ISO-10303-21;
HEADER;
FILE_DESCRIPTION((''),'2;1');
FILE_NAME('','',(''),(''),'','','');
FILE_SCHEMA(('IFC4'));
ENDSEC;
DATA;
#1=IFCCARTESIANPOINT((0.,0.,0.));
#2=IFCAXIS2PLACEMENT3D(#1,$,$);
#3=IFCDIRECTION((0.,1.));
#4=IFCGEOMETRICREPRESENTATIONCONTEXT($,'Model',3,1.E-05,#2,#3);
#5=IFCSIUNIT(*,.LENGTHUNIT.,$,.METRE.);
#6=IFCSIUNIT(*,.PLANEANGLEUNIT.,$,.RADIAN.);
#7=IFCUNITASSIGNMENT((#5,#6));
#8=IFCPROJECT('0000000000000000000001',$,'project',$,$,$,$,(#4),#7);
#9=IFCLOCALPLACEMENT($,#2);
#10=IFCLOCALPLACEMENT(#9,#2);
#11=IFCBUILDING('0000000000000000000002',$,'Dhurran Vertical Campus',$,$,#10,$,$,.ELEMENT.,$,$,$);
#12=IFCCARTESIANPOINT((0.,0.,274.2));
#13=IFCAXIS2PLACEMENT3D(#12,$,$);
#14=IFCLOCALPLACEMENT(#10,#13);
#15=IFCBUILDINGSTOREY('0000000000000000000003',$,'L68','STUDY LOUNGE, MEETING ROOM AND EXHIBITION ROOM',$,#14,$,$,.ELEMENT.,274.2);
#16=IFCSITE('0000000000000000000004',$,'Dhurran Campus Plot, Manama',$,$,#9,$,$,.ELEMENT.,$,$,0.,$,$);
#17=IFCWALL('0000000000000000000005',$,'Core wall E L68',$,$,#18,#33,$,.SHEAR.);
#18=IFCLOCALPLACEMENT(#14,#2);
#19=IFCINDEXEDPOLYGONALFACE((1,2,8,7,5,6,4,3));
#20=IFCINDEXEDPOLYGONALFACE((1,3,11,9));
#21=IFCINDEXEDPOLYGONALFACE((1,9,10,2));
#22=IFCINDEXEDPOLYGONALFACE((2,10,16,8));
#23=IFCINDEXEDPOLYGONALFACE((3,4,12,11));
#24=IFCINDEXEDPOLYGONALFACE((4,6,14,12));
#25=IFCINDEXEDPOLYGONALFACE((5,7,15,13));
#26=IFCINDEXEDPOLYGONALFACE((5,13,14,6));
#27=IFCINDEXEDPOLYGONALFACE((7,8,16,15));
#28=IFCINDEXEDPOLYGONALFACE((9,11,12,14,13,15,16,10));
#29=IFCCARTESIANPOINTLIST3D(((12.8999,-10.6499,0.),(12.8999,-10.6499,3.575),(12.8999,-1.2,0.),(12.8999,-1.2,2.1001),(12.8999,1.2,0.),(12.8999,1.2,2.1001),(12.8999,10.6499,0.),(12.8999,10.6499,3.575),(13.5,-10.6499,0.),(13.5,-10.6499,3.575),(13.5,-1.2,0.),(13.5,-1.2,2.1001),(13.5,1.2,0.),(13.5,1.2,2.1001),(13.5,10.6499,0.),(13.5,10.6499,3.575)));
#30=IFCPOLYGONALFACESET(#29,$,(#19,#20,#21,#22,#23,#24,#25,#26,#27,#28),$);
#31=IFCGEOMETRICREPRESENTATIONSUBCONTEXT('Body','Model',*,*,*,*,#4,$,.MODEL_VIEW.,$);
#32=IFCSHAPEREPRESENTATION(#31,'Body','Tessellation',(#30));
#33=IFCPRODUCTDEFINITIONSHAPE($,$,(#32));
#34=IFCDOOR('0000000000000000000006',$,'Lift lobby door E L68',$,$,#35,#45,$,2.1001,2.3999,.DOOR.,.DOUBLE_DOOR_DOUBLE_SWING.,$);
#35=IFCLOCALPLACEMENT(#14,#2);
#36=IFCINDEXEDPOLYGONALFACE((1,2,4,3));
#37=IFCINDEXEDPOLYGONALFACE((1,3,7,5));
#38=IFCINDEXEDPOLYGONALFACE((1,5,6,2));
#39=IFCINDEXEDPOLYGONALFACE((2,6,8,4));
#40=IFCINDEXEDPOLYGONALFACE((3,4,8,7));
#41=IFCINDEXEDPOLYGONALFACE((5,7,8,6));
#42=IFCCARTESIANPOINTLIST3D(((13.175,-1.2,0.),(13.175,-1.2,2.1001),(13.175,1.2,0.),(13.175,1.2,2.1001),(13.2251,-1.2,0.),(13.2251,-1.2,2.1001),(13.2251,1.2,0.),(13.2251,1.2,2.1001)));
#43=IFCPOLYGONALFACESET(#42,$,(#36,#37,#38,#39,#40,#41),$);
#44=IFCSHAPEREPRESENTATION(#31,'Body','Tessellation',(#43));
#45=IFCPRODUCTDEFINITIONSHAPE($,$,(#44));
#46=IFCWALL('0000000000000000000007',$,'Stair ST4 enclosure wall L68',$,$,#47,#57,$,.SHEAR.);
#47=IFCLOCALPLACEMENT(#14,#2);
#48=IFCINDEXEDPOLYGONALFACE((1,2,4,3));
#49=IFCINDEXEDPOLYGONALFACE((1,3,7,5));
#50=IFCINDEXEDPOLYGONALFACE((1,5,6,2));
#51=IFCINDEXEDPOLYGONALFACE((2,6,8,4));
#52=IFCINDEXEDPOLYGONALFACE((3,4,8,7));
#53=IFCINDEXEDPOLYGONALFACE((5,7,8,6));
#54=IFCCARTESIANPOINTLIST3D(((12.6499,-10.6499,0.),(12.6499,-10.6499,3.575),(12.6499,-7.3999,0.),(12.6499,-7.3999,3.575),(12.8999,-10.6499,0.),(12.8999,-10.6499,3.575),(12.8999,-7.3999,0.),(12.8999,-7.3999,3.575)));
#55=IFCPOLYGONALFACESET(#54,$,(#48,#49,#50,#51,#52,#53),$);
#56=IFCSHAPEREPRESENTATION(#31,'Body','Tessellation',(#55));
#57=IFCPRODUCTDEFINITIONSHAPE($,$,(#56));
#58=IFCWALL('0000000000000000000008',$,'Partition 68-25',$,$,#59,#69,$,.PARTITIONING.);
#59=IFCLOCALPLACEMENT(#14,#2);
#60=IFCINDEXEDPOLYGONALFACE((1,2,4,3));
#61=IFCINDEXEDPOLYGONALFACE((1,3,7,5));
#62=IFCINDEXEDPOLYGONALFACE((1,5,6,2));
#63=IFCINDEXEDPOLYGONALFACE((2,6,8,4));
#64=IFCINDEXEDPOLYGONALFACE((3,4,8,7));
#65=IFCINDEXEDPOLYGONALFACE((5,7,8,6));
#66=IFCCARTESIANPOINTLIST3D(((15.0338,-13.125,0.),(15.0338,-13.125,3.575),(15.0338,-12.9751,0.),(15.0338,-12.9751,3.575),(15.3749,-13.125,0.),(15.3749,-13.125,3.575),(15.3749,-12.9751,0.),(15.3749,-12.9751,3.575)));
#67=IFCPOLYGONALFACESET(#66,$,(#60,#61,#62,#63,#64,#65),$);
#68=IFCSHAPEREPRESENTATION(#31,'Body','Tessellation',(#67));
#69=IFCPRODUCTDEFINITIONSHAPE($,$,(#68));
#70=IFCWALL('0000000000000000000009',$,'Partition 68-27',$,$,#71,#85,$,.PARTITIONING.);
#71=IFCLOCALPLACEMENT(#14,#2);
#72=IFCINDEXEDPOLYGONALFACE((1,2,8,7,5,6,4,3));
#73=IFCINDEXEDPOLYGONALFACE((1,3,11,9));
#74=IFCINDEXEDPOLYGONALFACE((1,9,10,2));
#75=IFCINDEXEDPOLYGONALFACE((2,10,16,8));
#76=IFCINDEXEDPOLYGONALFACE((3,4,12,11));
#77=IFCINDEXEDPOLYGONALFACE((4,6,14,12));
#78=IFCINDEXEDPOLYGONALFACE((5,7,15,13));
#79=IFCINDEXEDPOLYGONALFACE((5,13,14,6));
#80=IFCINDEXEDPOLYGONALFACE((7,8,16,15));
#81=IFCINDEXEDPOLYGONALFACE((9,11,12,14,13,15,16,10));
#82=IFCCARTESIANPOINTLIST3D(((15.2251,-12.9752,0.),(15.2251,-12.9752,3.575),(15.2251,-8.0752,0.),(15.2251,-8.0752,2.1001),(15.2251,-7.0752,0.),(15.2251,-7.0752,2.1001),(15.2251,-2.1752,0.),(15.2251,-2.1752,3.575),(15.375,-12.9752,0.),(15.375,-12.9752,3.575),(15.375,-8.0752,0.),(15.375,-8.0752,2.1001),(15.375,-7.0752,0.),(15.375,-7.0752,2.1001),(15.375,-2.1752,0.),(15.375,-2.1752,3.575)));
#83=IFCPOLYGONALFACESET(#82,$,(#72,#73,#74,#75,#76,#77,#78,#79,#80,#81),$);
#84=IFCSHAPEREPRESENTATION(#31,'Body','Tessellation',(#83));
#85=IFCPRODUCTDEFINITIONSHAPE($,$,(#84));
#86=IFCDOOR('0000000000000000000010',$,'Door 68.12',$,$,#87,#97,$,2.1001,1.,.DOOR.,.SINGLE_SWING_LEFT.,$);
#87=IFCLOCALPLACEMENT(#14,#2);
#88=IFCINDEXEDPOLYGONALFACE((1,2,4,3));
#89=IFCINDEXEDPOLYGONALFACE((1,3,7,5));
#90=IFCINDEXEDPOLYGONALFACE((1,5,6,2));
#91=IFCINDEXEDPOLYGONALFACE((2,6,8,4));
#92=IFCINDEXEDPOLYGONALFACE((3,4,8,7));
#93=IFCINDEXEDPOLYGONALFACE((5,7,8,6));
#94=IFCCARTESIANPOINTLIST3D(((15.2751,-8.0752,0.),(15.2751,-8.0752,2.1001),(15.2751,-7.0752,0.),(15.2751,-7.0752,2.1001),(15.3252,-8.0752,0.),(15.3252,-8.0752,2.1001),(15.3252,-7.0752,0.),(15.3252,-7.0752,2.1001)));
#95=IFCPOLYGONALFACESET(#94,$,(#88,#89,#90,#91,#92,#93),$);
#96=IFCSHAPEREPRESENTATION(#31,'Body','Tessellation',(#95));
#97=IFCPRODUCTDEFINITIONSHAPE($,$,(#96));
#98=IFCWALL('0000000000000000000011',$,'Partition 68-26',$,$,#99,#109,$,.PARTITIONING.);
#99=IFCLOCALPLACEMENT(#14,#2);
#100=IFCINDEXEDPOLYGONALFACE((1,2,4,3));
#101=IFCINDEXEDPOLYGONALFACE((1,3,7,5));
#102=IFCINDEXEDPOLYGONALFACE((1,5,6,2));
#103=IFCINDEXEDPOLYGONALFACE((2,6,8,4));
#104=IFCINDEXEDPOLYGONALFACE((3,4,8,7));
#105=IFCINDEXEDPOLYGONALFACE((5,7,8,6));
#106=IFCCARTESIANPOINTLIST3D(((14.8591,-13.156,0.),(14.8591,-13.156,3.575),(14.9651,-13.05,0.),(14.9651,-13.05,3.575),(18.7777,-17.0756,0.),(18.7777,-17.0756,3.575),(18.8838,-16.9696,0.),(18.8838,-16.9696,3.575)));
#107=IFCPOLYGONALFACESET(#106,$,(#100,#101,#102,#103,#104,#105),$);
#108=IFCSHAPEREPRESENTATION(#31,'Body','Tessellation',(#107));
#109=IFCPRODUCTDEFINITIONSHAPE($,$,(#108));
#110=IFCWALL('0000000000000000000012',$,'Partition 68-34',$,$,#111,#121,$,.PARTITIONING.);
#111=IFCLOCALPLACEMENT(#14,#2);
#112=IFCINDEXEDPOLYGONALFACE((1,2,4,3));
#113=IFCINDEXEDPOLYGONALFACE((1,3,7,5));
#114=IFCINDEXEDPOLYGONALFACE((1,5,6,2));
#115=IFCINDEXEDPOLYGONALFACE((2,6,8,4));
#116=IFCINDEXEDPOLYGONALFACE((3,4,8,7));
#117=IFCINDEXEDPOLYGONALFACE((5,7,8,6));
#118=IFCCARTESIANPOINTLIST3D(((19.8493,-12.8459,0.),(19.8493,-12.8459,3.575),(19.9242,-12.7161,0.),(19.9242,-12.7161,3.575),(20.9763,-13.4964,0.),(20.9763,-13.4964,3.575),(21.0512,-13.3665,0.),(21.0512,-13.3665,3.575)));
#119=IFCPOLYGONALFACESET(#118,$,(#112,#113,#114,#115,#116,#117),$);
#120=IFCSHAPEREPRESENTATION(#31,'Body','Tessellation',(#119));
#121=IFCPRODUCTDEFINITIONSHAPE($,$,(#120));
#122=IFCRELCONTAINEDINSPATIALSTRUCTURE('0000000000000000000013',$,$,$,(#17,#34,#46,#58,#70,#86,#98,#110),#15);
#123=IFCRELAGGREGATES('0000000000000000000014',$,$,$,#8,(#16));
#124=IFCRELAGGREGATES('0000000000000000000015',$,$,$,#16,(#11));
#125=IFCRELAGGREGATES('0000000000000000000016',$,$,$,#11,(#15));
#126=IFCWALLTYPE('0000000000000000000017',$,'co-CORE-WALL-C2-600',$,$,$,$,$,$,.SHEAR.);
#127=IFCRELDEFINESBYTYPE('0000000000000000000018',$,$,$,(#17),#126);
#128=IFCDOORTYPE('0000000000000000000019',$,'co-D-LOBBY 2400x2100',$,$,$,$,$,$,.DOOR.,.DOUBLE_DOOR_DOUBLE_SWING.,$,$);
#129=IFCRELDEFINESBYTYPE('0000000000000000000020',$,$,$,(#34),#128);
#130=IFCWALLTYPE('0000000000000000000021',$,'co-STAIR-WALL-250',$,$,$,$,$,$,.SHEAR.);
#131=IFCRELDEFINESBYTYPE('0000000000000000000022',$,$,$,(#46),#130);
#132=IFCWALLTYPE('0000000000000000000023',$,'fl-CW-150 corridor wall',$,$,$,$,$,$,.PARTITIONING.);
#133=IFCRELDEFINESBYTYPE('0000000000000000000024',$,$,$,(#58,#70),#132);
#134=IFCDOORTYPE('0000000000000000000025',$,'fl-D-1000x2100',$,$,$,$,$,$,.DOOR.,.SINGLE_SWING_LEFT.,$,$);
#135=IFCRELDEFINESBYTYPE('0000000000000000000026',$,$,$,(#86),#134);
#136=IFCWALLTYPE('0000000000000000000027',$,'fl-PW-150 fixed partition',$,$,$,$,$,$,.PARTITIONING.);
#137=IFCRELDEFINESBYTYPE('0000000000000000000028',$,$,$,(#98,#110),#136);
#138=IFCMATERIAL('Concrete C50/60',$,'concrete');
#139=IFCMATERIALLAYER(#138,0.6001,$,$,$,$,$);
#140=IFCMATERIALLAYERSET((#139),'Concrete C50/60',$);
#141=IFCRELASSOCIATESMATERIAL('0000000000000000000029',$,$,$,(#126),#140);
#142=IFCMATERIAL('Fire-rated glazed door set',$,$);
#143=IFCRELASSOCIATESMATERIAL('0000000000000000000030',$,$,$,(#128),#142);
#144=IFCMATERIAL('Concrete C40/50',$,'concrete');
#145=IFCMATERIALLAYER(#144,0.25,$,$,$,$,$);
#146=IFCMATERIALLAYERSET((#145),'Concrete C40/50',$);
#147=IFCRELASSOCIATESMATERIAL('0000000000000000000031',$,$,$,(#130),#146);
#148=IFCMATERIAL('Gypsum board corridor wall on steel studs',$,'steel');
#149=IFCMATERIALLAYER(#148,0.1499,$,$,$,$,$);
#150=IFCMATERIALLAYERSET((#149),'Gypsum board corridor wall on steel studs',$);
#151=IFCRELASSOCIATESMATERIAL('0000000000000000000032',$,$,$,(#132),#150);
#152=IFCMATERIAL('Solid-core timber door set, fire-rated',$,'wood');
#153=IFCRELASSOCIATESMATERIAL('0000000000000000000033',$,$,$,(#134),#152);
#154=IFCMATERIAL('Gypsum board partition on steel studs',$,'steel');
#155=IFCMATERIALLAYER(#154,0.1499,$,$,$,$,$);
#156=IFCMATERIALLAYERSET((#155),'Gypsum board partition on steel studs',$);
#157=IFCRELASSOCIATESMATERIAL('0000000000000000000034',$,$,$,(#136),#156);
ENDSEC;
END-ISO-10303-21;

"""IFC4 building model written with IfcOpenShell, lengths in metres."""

from ifc_helpers import new_model, si_unit, direction, frame, frame_2d, origin, place, context, subcontext, project, spatial, rectangle, extrude, material, layer, layer_set, type_object, element, fill, save


model = new_model("IFC4")

# Units and contexts
model_context = context("Model", 3, precision=1e-05, world=origin(), true_north=direction((0.0, 1.0)))
body_context = subcontext(model_context, "Body", "Model", "MODEL_VIEW")
ifc_project = project(units=[si_unit("LENGTHUNIT", "METRE"), si_unit("PLANEANGLEUNIT", "RADIAN")], contexts=[model_context])

# Site, building, storey
site_placement = place(None, origin())
site = spatial("IfcSite", under=ifc_project, at=site_placement, Name="Dhurran Campus Plot, Manama", CompositionType="ELEMENT", RefElevation=0.0)
building_placement = place(site_placement, origin())
building = spatial("IfcBuilding", under=site, at=building_placement, Name="Dhurran Vertical Campus", CompositionType="ELEMENT")
storey_placement = place(building_placement, frame((0.0, 0.0, 274.2)))
storey = spatial("IfcBuildingStorey", under=building, at=storey_placement, Name="L68", Description="STUDY LOUNGE, MEETING ROOM AND EXHIBITION ROOM", CompositionType="ELEMENT", Elevation=274.2)

# Wall, opening, door
ifc_material_1 = material(Name="Concrete C50/60", Category="concrete")
ifc_layer_1 = layer(ifc_material_1, 0.6001)
ifc_layer_set_1 = layer_set([ifc_layer_1], Name="Concrete C50/60")
wall_type_1 = type_object("IfcWallType", Name="co-CORE-WALL-C2-600", PredefinedType="SHEAR", material=ifc_layer_set_1)
wall_1_placement = place(storey_placement, frame((13.2, -10.6499, 0.0), z_axis=(0.0, 0.0, 1.0), x_axis=(0.0, 1.0, 0.0)))
wall_1 = element("IfcWall", 1, at=wall_1_placement, inside=storey, type_object=wall_type_1, Name="Core wall E L68", PredefinedType="SHEAR", context=body_context, shape_type="SweptSolid", body=[
    extrude(rectangle(XDim=21.2998, YDim=0.6001, at=frame_2d((10.6499, 0.0))), origin(), (0.0, 0.0, 1.0), 3.575),
])
opening_1_placement = place(wall_1_placement, frame((9.45, 0.0, 0.0)))
opening_1 = element("IfcOpeningElement", 2, at=opening_1_placement, cuts=wall_1, PredefinedType="OPENING", context=body_context, shape_type="SweptSolid", body=[
    extrude(rectangle(XDim=2.3999, YDim=2.1001, at=frame_2d((1.2, 1.05))), frame((0.0, 0.3101, 0.0), z_axis=(0.0, -1.0, 0.0), x_axis=(1.0, 0.0, 0.0)), (0.0, 0.0, 1.0), 0.6201),
])
ifc_material_2 = material(Name="Fire-rated glazed door set")
door_type_1 = type_object("IfcDoorType", Name="co-D-LOBBY 2400x2100", OperationType="DOUBLE_DOOR_DOUBLE_SWING", PredefinedType="DOOR", material=ifc_material_2)
door_1_placement = place(opening_1_placement, origin())
door_1 = element("IfcDoor", 3, at=door_1_placement, inside=storey, type_object=door_type_1, Name="Lift lobby door E L68", OperationType="DOUBLE_DOOR_DOUBLE_SWING", OverallHeight=2.1001, OverallWidth=2.3999, PredefinedType="DOOR", context=body_context, shape_type="SweptSolid", body=[
    extrude(rectangle(XDim=2.3999, YDim=2.1001, at=frame_2d((1.2, 1.05))), frame((0.0, 0.0249, 0.0), z_axis=(0.0, -1.0, 0.0), x_axis=(1.0, 0.0, 0.0)), (0.0, 0.0, 1.0), 0.05),
])
fill(opening_1, door_1)

# Walls
ifc_material_3 = material(Name="Concrete C40/50", Category="concrete")
ifc_layer_2 = layer(ifc_material_3, 0.25)
ifc_layer_set_2 = layer_set([ifc_layer_2], Name="Concrete C40/50")
wall_type_2 = type_object("IfcWallType", Name="co-STAIR-WALL-250", PredefinedType="SHEAR", material=ifc_layer_set_2)
wall_2_placement = place(storey_placement, frame((12.7749, -10.6499, 0.0), z_axis=(0.0, 0.0, 1.0), x_axis=(0.0, 1.0, 0.0)))
element("IfcWall", 4, at=wall_2_placement, inside=storey, type_object=wall_type_2, Name="Stair ST4 enclosure wall L68", PredefinedType="SHEAR", context=body_context, shape_type="SweptSolid", body=[
    extrude(rectangle(XDim=3.25, YDim=0.25, at=frame_2d((1.625, 0.0))), origin(), (0.0, 0.0, 1.0), 3.575),
])
ifc_material_4 = material(Name="Gypsum board corridor wall on steel studs", Category="steel")
ifc_layer_3 = layer(ifc_material_4, 0.1499)
ifc_layer_set_3 = layer_set([ifc_layer_3], Name="Gypsum board corridor wall on steel studs")
wall_type_3 = type_object("IfcWallType", Name="fl-CW-150 corridor wall", PredefinedType="PARTITIONING", material=ifc_layer_set_3)
wall_3_placement = place(storey_placement, frame((15.0339, -13.05, 0.0), z_axis=(0.0, 0.0, 1.0), x_axis=(1.0, 0.0, 0.0)))
element("IfcWall", 5, at=wall_3_placement, inside=storey, type_object=wall_type_3, Name="Partition 68-25", PredefinedType="PARTITIONING", context=body_context, shape_type="SweptSolid", body=[
    extrude(rectangle(XDim=0.3411, YDim=0.1499, at=frame_2d((0.1704, 0.0))), origin(), (0.0, 0.0, 1.0), 3.575),
])

# Wall, opening, door
wall_4_placement = place(storey_placement, frame((15.3, -12.9751, 0.0), z_axis=(0.0, 0.0, 1.0), x_axis=(0.0, 1.0, 0.0)))
wall_4 = element("IfcWall", 6, at=wall_4_placement, inside=storey, type_object=wall_type_3, Name="Partition 68-27", PredefinedType="PARTITIONING", context=body_context, shape_type="SweptSolid", body=[
    extrude(rectangle(XDim=10.8, YDim=0.1499, at=frame_2d((5.3999, 0.0))), origin(), (0.0, 0.0, 1.0), 3.575),
])
opening_2_placement = place(wall_4_placement, frame((4.8999, 0.0, 0.0)))
opening_2 = element("IfcOpeningElement", 7, at=opening_2_placement, cuts=wall_4, PredefinedType="OPENING", context=body_context, shape_type="SweptSolid", body=[
    extrude(rectangle(XDim=1.0, YDim=2.1001, at=frame_2d((0.5, 1.05))), frame((0.0, 0.085, 0.0), z_axis=(0.0, -1.0, 0.0), x_axis=(1.0, 0.0, 0.0)), (0.0, 0.0, 1.0), 0.1699),
])
ifc_material_5 = material(Name="Solid-core timber door set, fire-rated", Category="wood")
door_type_2 = type_object("IfcDoorType", Name="fl-D-1000x2100", OperationType="SINGLE_SWING_LEFT", PredefinedType="DOOR", material=ifc_material_5)
door_2_placement = place(opening_2_placement, origin())
door_2 = element("IfcDoor", 8, at=door_2_placement, inside=storey, type_object=door_type_2, Name="Door 68.12", OperationType="SINGLE_SWING_LEFT", OverallHeight=2.1001, OverallWidth=1.0, PredefinedType="DOOR", context=body_context, shape_type="SweptSolid", body=[
    extrude(rectangle(XDim=1.0, YDim=2.1001, at=frame_2d((0.5, 1.05))), frame((0.0, 0.0249, 0.0), z_axis=(0.0, -1.0, 0.0), x_axis=(1.0, 0.0, 0.0)), (0.0, 0.0, 1.0), 0.05),
])
fill(opening_2, door_2)

# Walls
ifc_material_6 = material(Name="Gypsum board partition on steel studs", Category="steel")
ifc_layer_4 = layer(ifc_material_6, 0.1499)
ifc_layer_set_4 = layer_set([ifc_layer_4], Name="Gypsum board partition on steel studs")
wall_type_4 = type_object("IfcWallType", Name="fl-PW-150 fixed partition", PredefinedType="PARTITIONING", material=ifc_layer_set_4)
wall_5_placement = place(storey_placement, frame((14.9121, -13.103, 0.0), z_axis=(0.0, 0.0, 1.0), x_axis=(0.707019, -0.707195, 0.0)))
element("IfcWall", 9, at=wall_5_placement, inside=storey, type_object=wall_type_4, Name="Partition 68-26", PredefinedType="PARTITIONING", context=body_context, shape_type="SweptSolid", body=[
    extrude(rectangle(XDim=5.5425, YDim=0.1499, at=frame_2d((2.7712, 0.0))), origin(), (0.0, 0.0, 1.0), 3.575),
])
wall_6_placement = place(storey_placement, frame((19.8867, -12.781, 0.0), z_axis=(0.0, 0.0, 1.0), x_axis=(0.866111, -0.499852, 0.0)))
element("IfcWall", 10, at=wall_6_placement, inside=storey, type_object=wall_type_4, Name="Partition 68-34", PredefinedType="PARTITIONING", context=body_context, shape_type="SweptSolid", body=[
    extrude(rectangle(XDim=1.3013, YDim=0.1499, at=frame_2d((0.6506, 0.0))), origin(), (0.0, 0.0, 1.0), 3.575),
])

save(model, "model.ifc")
